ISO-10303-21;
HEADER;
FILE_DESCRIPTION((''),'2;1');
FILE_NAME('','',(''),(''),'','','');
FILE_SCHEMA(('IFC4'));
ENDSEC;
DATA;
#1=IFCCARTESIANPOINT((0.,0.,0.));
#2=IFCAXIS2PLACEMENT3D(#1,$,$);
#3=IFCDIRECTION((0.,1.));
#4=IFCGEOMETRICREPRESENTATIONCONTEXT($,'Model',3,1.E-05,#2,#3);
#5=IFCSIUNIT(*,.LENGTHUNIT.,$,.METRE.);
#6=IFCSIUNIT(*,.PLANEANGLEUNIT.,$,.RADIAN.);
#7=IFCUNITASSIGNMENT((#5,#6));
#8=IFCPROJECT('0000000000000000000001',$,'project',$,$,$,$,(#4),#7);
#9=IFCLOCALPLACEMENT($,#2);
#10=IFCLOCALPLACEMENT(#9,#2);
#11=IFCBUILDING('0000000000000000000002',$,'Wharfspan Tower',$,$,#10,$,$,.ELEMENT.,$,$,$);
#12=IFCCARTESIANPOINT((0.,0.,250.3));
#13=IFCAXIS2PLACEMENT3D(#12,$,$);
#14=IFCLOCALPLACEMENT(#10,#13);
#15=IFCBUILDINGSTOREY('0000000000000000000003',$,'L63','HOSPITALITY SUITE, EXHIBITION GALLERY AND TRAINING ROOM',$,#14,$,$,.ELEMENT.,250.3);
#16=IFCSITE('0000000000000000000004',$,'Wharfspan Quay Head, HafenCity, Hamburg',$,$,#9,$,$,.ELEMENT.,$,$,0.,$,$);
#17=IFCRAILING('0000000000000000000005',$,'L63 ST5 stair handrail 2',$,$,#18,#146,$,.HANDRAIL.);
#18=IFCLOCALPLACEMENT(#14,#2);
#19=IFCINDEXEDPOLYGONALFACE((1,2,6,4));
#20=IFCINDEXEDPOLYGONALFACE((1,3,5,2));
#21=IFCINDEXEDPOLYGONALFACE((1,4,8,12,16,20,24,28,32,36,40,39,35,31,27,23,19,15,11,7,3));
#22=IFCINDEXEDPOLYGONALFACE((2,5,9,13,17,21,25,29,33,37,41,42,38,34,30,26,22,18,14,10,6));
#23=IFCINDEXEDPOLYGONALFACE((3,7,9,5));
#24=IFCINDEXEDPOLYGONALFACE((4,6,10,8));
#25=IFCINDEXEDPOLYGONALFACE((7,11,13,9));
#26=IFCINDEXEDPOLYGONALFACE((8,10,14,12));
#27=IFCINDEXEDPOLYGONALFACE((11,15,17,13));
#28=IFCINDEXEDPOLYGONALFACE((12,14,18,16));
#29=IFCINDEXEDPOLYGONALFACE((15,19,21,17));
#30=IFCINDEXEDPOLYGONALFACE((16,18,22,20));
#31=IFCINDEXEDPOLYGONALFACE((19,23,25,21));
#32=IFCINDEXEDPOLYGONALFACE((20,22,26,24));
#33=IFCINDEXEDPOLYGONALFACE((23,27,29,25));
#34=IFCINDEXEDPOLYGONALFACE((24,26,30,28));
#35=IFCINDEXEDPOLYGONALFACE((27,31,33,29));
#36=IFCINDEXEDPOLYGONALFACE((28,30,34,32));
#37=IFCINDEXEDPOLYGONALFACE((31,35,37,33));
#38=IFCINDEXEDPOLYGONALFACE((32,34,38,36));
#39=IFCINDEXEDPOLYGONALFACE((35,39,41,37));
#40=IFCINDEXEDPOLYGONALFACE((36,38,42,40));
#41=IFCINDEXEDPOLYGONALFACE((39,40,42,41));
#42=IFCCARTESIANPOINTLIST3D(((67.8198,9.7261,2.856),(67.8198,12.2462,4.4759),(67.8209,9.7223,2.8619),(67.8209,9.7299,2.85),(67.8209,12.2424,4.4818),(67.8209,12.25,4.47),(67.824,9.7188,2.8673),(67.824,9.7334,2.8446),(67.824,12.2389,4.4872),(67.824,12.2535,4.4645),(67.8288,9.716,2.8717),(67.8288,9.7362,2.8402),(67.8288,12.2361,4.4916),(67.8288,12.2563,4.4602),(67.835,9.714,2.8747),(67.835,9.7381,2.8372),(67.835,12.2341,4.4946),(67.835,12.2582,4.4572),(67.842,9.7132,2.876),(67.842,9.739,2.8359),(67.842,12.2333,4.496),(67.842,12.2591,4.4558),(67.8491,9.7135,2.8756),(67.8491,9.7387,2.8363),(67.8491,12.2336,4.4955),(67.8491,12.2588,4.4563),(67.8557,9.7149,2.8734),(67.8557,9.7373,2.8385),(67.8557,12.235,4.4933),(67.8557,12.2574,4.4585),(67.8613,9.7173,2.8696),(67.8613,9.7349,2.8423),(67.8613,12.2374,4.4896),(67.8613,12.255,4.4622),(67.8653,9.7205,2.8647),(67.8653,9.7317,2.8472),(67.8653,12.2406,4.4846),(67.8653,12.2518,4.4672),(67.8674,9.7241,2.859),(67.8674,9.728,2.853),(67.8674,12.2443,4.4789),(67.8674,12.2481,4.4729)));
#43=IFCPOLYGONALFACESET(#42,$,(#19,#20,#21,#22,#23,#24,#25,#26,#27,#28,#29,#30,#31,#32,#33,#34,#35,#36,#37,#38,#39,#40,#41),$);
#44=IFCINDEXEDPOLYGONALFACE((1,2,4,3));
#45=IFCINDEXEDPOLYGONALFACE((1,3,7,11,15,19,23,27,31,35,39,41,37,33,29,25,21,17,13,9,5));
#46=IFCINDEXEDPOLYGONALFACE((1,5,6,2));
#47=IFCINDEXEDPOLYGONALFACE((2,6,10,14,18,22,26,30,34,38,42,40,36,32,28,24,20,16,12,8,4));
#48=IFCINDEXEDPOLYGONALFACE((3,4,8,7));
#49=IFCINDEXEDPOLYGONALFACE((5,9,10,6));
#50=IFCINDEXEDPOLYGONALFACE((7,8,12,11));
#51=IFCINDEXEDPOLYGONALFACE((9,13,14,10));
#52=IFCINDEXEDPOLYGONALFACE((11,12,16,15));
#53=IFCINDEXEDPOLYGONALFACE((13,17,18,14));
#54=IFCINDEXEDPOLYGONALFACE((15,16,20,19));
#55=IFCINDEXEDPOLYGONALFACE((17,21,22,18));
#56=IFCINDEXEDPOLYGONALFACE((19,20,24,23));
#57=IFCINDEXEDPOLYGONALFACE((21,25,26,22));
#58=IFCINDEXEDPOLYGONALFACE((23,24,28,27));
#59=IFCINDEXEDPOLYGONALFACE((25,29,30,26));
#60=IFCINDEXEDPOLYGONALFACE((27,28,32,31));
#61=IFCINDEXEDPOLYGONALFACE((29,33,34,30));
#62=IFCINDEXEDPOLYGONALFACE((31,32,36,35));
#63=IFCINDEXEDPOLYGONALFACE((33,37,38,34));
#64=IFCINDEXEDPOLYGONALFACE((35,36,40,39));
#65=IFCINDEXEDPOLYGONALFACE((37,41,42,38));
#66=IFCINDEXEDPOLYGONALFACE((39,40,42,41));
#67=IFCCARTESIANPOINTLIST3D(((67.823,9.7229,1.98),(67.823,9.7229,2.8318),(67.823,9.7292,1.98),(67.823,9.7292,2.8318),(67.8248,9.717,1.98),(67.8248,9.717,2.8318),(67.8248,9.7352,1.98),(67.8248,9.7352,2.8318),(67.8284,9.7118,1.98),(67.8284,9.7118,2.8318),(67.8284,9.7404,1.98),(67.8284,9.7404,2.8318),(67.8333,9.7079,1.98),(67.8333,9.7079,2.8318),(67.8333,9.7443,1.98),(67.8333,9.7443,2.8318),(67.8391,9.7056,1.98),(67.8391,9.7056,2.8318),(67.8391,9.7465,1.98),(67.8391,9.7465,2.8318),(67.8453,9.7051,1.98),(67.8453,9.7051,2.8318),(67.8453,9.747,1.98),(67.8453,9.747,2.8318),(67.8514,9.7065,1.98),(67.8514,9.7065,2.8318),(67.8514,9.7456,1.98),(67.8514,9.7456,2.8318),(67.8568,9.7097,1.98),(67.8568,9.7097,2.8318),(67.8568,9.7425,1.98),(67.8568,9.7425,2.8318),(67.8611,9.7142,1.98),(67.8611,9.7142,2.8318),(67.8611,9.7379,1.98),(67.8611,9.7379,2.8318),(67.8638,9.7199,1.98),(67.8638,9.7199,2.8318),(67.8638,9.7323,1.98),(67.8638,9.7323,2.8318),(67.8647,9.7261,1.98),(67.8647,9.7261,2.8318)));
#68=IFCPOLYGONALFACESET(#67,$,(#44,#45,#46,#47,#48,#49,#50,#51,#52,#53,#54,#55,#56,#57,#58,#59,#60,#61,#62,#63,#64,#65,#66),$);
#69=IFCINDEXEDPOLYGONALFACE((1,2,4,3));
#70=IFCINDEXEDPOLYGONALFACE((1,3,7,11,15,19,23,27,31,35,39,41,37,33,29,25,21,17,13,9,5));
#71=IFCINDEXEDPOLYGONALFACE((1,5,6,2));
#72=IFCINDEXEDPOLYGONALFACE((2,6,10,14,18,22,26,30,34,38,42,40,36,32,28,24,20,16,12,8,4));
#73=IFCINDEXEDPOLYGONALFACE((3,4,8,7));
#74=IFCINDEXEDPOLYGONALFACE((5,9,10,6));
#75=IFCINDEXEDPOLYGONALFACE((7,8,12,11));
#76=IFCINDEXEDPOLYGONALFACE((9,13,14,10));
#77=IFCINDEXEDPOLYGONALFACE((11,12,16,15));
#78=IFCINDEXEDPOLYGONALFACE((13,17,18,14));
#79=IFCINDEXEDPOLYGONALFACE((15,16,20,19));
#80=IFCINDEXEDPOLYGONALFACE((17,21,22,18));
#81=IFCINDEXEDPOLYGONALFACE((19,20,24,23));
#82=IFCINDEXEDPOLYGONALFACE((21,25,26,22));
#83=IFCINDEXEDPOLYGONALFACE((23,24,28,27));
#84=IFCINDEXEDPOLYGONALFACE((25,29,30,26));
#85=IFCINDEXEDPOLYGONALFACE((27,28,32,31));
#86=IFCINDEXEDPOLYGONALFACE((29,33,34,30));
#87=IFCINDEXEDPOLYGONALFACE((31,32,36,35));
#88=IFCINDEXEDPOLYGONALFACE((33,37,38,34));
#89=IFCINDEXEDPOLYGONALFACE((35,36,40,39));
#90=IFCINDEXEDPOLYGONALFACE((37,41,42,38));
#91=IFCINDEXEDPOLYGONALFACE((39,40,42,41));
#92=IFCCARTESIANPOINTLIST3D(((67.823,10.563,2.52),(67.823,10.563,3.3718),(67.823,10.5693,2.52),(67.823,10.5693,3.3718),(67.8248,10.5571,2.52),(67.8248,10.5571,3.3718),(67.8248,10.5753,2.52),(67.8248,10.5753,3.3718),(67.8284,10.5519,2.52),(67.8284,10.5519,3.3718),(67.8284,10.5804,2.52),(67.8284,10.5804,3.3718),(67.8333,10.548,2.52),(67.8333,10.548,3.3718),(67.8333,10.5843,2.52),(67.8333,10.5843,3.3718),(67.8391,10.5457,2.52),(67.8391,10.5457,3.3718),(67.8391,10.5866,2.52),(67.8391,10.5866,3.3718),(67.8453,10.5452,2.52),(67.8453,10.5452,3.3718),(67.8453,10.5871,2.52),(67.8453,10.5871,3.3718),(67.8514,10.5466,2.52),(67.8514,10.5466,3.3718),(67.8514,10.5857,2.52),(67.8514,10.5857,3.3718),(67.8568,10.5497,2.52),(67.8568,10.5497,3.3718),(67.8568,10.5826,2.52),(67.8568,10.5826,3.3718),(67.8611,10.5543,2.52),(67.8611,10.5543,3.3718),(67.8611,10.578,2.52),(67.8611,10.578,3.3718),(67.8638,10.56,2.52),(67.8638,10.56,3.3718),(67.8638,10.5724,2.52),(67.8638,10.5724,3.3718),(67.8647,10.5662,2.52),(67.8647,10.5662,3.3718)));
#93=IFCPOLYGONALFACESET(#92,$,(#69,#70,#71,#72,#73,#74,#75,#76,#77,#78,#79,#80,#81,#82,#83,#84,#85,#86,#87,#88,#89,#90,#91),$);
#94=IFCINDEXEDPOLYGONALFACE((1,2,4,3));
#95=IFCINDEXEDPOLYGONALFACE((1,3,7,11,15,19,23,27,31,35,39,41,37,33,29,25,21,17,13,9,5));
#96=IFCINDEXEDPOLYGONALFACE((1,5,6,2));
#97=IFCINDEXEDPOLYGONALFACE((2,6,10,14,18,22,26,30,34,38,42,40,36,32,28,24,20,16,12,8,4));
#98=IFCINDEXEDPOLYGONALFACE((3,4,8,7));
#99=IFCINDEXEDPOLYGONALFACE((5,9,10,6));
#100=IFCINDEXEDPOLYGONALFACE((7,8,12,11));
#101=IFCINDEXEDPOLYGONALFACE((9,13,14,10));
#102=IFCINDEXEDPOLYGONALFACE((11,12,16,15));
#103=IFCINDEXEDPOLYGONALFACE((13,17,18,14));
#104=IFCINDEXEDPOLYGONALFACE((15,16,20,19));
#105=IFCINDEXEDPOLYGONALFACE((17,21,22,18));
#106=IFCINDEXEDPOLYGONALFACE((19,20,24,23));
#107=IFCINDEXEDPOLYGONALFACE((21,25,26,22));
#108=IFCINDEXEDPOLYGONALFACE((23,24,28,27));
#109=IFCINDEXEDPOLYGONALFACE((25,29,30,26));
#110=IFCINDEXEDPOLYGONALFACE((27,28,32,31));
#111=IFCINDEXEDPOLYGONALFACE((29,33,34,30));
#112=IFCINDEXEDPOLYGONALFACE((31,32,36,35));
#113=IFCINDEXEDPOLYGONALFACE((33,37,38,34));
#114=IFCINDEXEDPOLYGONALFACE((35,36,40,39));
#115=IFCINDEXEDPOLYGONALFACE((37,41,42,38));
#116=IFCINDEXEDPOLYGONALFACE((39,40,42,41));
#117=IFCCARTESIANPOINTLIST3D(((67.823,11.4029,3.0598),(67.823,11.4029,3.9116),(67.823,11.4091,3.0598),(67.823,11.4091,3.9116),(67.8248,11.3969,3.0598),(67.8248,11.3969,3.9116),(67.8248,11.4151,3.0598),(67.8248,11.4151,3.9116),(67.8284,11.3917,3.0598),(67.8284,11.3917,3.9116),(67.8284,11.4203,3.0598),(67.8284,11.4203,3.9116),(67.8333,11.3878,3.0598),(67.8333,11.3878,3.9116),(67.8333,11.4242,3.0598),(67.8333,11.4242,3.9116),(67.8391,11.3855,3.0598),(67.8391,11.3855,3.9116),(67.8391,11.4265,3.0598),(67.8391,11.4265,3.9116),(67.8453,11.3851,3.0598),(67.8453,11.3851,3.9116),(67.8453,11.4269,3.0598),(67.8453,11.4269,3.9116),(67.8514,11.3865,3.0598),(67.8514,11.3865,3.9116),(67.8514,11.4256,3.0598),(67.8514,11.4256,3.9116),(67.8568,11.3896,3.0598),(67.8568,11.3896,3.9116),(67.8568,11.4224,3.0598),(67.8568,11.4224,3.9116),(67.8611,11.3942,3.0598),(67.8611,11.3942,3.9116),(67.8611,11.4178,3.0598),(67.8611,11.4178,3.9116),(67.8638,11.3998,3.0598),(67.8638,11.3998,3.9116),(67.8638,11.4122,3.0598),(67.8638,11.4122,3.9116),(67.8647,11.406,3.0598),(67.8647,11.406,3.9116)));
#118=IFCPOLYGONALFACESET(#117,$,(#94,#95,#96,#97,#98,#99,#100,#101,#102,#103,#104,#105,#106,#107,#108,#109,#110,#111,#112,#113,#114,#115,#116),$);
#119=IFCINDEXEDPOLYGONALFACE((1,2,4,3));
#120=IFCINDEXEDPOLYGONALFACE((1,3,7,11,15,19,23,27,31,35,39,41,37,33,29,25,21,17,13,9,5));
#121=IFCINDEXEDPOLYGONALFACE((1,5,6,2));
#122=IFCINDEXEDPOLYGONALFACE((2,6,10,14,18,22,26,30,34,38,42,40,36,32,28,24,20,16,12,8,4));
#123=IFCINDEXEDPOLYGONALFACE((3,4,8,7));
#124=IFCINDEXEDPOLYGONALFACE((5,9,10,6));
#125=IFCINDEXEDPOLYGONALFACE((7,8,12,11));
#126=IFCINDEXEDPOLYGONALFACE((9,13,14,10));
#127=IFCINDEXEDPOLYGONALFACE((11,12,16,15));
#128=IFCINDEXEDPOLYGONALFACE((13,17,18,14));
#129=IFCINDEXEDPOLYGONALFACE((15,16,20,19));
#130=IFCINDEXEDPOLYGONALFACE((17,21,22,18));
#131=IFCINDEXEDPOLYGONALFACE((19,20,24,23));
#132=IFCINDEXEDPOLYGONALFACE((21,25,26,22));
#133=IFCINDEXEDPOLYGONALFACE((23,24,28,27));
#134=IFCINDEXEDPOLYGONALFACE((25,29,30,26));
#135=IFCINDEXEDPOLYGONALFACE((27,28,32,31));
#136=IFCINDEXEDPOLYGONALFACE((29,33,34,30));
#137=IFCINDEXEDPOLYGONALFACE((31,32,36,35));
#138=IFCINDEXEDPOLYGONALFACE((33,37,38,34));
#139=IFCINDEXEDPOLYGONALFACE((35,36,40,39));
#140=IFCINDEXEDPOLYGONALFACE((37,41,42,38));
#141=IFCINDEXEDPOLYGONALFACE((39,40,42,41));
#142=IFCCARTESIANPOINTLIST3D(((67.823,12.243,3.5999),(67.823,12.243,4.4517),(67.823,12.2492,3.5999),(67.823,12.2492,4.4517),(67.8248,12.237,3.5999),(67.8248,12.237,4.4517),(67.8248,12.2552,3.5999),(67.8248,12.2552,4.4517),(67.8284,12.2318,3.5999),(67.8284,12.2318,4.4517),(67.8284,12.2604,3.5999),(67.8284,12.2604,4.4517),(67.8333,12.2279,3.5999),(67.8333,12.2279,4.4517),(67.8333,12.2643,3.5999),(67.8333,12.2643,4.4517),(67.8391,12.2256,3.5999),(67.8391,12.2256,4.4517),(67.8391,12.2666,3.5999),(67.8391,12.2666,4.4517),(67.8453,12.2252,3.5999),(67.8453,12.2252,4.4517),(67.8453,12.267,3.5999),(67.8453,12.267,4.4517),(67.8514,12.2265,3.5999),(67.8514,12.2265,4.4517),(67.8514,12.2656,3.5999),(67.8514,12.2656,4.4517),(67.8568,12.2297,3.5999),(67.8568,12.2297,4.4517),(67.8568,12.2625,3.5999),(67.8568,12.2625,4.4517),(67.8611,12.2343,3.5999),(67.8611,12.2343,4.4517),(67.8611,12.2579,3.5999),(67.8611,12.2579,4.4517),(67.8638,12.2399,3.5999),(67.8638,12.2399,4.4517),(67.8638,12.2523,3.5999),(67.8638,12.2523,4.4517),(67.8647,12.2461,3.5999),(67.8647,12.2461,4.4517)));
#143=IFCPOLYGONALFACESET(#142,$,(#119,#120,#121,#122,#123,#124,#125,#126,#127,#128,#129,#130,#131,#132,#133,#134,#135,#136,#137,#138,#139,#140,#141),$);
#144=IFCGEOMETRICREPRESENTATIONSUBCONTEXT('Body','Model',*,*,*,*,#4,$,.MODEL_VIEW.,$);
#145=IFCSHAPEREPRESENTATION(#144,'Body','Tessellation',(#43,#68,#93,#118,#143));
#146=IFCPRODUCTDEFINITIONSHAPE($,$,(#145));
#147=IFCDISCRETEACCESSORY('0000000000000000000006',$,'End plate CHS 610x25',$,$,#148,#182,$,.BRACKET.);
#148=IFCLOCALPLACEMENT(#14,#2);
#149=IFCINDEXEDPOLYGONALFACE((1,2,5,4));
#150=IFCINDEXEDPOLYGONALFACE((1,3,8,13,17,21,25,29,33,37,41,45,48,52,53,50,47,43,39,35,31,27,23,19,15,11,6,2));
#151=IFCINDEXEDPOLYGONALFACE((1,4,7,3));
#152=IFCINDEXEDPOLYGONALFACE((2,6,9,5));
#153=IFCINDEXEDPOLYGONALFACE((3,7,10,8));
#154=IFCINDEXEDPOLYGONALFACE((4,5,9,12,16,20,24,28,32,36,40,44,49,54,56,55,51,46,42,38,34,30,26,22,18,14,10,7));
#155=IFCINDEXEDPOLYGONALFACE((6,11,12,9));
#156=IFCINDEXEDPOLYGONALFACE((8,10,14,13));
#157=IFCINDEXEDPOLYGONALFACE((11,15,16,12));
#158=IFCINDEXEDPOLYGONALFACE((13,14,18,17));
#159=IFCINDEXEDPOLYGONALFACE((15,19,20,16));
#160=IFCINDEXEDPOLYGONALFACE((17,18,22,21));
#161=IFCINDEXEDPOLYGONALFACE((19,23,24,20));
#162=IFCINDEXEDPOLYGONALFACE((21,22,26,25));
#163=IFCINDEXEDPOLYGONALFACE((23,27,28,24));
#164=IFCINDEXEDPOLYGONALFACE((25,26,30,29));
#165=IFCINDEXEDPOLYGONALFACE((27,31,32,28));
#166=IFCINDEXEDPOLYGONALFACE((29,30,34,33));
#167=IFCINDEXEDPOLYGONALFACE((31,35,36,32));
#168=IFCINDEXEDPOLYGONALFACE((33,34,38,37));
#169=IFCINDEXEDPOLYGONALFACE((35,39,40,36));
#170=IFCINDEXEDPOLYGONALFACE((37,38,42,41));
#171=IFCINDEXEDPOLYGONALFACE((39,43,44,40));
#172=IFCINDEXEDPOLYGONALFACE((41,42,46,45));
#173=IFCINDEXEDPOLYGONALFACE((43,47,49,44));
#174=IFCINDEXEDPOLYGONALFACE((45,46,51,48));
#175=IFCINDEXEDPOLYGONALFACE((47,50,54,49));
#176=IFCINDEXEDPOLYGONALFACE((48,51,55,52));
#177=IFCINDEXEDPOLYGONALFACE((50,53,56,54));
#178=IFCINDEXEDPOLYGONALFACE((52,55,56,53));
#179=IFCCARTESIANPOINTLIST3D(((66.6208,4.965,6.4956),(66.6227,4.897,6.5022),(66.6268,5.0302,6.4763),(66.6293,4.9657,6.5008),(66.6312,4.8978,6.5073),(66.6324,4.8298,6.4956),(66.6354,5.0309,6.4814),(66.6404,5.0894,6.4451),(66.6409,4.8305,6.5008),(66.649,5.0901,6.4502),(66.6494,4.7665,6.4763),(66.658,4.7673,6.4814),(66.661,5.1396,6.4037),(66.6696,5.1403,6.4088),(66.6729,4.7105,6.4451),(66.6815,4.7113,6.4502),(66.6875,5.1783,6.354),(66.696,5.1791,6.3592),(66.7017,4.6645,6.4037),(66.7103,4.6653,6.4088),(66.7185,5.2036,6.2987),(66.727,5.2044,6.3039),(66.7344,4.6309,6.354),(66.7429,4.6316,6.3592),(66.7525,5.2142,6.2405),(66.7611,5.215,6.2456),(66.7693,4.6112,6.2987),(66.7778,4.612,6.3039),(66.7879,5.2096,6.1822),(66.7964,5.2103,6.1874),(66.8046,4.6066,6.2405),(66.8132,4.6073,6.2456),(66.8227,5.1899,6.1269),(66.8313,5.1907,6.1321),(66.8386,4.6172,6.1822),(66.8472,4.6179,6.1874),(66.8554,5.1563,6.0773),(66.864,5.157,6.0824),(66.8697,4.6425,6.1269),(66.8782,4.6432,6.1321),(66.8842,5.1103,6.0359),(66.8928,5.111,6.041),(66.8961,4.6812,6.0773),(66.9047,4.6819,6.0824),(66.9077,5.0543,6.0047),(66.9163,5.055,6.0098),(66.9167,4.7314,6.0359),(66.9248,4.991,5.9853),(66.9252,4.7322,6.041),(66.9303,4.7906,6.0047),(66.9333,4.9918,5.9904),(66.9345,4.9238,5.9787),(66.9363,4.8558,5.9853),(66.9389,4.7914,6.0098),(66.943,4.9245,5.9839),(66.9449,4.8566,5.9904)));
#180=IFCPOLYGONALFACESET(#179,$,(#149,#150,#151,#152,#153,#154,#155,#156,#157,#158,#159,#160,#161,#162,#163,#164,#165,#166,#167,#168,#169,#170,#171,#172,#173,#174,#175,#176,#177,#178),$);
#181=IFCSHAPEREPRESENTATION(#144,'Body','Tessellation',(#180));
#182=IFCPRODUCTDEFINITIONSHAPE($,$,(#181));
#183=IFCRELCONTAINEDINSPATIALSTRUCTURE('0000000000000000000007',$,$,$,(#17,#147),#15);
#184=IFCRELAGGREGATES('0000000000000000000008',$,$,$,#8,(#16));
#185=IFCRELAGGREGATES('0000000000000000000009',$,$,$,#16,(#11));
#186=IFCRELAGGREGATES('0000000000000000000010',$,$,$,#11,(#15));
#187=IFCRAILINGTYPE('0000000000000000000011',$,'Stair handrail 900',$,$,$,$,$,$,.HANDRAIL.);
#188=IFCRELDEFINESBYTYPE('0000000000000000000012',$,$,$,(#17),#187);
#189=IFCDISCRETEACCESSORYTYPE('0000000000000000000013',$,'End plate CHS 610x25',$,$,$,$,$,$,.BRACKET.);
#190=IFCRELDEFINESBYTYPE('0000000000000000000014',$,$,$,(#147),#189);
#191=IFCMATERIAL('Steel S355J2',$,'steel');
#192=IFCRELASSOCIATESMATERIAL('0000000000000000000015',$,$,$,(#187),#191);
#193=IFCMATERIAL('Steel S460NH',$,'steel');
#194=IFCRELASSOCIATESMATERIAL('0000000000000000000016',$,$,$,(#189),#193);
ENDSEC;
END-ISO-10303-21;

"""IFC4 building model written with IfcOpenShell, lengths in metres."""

from ifc_helpers import new_model, si_unit, direction, frame, origin, origin_2d, place, context, subcontext, project, spatial, circle, extrude, material, material_profile, profile_set, type_object, element, save


model = new_model("IFC4")

# Units and contexts
model_context = context("Model", 3, precision=1e-05, world=origin(), true_north=direction((0.0, 1.0)))
body_context = subcontext(model_context, "Body", "Model", "MODEL_VIEW")
ifc_project = project(units=[si_unit("LENGTHUNIT", "METRE"), si_unit("PLANEANGLEUNIT", "RADIAN")], contexts=[model_context])

# Site, building, storey
site_placement = place(None, origin())
site = spatial("IfcSite", under=ifc_project, at=site_placement, Name="Wharfspan Quay Head, HafenCity, Hamburg", CompositionType="ELEMENT", RefElevation=0.0)
building_placement = place(site_placement, origin())
building = spatial("IfcBuilding", under=site, at=building_placement, Name="Wharfspan Tower", CompositionType="ELEMENT")
storey_placement = place(building_placement, frame((0.0, 0.0, 250.3)))
storey = spatial("IfcBuildingStorey", under=building, at=storey_placement, Name="L63", Description="HOSPITALITY SUITE, EXHIBITION GALLERY AND TRAINING ROOM", CompositionType="ELEMENT", Elevation=250.3)

# Shared definitions
ifc_material_1 = material(Name="Steel S355J2", Category="steel")

# Shared definitions
ifc_material_2 = material(Name="Steel S460NH", Category="steel")

# Railing
railing_type = type_object("IfcRailingType", Name="Stair handrail 900", PredefinedType="HANDRAIL", material=ifc_material_1)
railing_placement = place(storey_placement, frame((67.8438, 9.7261, 1.98)))
element("IfcRailing", 1, at=railing_placement, inside=storey, type_object=railing_type, Name="L63 ST5 stair handrail 2", PredefinedType="HANDRAIL", context=body_context, shape_type="SweptSolid", body=[
    extrude(circle(Radius=0.0239, at=origin_2d()), frame((0.0, 0.0, 0.876), z_axis=(0.0, 0.8412, 0.540725), x_axis=(-1.0, 0.0, 0.0)), (0.0, 0.0, 1.0), 2.9958),
    extrude(circle(Radius=0.021, at=origin_2d()), origin(), (0.0, 0.0, 1.0), 0.8518),
    extrude(circle(Radius=0.021, at=origin_2d()), frame((0.0, 0.8401, 0.54)), (0.0, 0.0, 1.0), 0.8518),
    extrude(circle(Radius=0.021, at=origin_2d()), frame((0.0, 1.6799, 1.0798)), (0.0, 0.0, 1.0), 0.8518),
    extrude(circle(Radius=0.021, at=origin_2d()), frame((0.0, 2.52, 1.6199)), (0.0, 0.0, 1.0), 0.8518),
])

# Discrete accessory
ifc_material_profile_1 = material_profile(ifc_material_2, circle(Radius=0.3049, at=origin_2d()))
ifc_profile_set_1 = profile_set([ifc_material_profile_1], Name="Steel S460NH")
discrete_accessory_type = type_object("IfcDiscreteAccessoryType", Name="End plate CHS 610x25", PredefinedType="BRACKET", material=ifc_profile_set_1)
for number, where, z_axis, x_axis, name in (
    (2, (66.7786, 4.9104, 6.2405), (0.855186, 0.073302, 0.513112), (-0.085402, 0.996345, 0.000001), "End plate CHS 610x25"),
):
    element("IfcDiscreteAccessory", number, at=place(storey_placement, frame(where, z_axis=z_axis, x_axis=x_axis)), inside=storey, type_object=discrete_accessory_type, Name=name, PredefinedType="BRACKET", context=body_context, shape_type="SweptSolid", body=[
        extrude(circle(Radius=0.3049, at=origin_2d()), origin(), (0.0, 0.0, 1.0), 0.01),
    ])

save(model, "model.ifc")
